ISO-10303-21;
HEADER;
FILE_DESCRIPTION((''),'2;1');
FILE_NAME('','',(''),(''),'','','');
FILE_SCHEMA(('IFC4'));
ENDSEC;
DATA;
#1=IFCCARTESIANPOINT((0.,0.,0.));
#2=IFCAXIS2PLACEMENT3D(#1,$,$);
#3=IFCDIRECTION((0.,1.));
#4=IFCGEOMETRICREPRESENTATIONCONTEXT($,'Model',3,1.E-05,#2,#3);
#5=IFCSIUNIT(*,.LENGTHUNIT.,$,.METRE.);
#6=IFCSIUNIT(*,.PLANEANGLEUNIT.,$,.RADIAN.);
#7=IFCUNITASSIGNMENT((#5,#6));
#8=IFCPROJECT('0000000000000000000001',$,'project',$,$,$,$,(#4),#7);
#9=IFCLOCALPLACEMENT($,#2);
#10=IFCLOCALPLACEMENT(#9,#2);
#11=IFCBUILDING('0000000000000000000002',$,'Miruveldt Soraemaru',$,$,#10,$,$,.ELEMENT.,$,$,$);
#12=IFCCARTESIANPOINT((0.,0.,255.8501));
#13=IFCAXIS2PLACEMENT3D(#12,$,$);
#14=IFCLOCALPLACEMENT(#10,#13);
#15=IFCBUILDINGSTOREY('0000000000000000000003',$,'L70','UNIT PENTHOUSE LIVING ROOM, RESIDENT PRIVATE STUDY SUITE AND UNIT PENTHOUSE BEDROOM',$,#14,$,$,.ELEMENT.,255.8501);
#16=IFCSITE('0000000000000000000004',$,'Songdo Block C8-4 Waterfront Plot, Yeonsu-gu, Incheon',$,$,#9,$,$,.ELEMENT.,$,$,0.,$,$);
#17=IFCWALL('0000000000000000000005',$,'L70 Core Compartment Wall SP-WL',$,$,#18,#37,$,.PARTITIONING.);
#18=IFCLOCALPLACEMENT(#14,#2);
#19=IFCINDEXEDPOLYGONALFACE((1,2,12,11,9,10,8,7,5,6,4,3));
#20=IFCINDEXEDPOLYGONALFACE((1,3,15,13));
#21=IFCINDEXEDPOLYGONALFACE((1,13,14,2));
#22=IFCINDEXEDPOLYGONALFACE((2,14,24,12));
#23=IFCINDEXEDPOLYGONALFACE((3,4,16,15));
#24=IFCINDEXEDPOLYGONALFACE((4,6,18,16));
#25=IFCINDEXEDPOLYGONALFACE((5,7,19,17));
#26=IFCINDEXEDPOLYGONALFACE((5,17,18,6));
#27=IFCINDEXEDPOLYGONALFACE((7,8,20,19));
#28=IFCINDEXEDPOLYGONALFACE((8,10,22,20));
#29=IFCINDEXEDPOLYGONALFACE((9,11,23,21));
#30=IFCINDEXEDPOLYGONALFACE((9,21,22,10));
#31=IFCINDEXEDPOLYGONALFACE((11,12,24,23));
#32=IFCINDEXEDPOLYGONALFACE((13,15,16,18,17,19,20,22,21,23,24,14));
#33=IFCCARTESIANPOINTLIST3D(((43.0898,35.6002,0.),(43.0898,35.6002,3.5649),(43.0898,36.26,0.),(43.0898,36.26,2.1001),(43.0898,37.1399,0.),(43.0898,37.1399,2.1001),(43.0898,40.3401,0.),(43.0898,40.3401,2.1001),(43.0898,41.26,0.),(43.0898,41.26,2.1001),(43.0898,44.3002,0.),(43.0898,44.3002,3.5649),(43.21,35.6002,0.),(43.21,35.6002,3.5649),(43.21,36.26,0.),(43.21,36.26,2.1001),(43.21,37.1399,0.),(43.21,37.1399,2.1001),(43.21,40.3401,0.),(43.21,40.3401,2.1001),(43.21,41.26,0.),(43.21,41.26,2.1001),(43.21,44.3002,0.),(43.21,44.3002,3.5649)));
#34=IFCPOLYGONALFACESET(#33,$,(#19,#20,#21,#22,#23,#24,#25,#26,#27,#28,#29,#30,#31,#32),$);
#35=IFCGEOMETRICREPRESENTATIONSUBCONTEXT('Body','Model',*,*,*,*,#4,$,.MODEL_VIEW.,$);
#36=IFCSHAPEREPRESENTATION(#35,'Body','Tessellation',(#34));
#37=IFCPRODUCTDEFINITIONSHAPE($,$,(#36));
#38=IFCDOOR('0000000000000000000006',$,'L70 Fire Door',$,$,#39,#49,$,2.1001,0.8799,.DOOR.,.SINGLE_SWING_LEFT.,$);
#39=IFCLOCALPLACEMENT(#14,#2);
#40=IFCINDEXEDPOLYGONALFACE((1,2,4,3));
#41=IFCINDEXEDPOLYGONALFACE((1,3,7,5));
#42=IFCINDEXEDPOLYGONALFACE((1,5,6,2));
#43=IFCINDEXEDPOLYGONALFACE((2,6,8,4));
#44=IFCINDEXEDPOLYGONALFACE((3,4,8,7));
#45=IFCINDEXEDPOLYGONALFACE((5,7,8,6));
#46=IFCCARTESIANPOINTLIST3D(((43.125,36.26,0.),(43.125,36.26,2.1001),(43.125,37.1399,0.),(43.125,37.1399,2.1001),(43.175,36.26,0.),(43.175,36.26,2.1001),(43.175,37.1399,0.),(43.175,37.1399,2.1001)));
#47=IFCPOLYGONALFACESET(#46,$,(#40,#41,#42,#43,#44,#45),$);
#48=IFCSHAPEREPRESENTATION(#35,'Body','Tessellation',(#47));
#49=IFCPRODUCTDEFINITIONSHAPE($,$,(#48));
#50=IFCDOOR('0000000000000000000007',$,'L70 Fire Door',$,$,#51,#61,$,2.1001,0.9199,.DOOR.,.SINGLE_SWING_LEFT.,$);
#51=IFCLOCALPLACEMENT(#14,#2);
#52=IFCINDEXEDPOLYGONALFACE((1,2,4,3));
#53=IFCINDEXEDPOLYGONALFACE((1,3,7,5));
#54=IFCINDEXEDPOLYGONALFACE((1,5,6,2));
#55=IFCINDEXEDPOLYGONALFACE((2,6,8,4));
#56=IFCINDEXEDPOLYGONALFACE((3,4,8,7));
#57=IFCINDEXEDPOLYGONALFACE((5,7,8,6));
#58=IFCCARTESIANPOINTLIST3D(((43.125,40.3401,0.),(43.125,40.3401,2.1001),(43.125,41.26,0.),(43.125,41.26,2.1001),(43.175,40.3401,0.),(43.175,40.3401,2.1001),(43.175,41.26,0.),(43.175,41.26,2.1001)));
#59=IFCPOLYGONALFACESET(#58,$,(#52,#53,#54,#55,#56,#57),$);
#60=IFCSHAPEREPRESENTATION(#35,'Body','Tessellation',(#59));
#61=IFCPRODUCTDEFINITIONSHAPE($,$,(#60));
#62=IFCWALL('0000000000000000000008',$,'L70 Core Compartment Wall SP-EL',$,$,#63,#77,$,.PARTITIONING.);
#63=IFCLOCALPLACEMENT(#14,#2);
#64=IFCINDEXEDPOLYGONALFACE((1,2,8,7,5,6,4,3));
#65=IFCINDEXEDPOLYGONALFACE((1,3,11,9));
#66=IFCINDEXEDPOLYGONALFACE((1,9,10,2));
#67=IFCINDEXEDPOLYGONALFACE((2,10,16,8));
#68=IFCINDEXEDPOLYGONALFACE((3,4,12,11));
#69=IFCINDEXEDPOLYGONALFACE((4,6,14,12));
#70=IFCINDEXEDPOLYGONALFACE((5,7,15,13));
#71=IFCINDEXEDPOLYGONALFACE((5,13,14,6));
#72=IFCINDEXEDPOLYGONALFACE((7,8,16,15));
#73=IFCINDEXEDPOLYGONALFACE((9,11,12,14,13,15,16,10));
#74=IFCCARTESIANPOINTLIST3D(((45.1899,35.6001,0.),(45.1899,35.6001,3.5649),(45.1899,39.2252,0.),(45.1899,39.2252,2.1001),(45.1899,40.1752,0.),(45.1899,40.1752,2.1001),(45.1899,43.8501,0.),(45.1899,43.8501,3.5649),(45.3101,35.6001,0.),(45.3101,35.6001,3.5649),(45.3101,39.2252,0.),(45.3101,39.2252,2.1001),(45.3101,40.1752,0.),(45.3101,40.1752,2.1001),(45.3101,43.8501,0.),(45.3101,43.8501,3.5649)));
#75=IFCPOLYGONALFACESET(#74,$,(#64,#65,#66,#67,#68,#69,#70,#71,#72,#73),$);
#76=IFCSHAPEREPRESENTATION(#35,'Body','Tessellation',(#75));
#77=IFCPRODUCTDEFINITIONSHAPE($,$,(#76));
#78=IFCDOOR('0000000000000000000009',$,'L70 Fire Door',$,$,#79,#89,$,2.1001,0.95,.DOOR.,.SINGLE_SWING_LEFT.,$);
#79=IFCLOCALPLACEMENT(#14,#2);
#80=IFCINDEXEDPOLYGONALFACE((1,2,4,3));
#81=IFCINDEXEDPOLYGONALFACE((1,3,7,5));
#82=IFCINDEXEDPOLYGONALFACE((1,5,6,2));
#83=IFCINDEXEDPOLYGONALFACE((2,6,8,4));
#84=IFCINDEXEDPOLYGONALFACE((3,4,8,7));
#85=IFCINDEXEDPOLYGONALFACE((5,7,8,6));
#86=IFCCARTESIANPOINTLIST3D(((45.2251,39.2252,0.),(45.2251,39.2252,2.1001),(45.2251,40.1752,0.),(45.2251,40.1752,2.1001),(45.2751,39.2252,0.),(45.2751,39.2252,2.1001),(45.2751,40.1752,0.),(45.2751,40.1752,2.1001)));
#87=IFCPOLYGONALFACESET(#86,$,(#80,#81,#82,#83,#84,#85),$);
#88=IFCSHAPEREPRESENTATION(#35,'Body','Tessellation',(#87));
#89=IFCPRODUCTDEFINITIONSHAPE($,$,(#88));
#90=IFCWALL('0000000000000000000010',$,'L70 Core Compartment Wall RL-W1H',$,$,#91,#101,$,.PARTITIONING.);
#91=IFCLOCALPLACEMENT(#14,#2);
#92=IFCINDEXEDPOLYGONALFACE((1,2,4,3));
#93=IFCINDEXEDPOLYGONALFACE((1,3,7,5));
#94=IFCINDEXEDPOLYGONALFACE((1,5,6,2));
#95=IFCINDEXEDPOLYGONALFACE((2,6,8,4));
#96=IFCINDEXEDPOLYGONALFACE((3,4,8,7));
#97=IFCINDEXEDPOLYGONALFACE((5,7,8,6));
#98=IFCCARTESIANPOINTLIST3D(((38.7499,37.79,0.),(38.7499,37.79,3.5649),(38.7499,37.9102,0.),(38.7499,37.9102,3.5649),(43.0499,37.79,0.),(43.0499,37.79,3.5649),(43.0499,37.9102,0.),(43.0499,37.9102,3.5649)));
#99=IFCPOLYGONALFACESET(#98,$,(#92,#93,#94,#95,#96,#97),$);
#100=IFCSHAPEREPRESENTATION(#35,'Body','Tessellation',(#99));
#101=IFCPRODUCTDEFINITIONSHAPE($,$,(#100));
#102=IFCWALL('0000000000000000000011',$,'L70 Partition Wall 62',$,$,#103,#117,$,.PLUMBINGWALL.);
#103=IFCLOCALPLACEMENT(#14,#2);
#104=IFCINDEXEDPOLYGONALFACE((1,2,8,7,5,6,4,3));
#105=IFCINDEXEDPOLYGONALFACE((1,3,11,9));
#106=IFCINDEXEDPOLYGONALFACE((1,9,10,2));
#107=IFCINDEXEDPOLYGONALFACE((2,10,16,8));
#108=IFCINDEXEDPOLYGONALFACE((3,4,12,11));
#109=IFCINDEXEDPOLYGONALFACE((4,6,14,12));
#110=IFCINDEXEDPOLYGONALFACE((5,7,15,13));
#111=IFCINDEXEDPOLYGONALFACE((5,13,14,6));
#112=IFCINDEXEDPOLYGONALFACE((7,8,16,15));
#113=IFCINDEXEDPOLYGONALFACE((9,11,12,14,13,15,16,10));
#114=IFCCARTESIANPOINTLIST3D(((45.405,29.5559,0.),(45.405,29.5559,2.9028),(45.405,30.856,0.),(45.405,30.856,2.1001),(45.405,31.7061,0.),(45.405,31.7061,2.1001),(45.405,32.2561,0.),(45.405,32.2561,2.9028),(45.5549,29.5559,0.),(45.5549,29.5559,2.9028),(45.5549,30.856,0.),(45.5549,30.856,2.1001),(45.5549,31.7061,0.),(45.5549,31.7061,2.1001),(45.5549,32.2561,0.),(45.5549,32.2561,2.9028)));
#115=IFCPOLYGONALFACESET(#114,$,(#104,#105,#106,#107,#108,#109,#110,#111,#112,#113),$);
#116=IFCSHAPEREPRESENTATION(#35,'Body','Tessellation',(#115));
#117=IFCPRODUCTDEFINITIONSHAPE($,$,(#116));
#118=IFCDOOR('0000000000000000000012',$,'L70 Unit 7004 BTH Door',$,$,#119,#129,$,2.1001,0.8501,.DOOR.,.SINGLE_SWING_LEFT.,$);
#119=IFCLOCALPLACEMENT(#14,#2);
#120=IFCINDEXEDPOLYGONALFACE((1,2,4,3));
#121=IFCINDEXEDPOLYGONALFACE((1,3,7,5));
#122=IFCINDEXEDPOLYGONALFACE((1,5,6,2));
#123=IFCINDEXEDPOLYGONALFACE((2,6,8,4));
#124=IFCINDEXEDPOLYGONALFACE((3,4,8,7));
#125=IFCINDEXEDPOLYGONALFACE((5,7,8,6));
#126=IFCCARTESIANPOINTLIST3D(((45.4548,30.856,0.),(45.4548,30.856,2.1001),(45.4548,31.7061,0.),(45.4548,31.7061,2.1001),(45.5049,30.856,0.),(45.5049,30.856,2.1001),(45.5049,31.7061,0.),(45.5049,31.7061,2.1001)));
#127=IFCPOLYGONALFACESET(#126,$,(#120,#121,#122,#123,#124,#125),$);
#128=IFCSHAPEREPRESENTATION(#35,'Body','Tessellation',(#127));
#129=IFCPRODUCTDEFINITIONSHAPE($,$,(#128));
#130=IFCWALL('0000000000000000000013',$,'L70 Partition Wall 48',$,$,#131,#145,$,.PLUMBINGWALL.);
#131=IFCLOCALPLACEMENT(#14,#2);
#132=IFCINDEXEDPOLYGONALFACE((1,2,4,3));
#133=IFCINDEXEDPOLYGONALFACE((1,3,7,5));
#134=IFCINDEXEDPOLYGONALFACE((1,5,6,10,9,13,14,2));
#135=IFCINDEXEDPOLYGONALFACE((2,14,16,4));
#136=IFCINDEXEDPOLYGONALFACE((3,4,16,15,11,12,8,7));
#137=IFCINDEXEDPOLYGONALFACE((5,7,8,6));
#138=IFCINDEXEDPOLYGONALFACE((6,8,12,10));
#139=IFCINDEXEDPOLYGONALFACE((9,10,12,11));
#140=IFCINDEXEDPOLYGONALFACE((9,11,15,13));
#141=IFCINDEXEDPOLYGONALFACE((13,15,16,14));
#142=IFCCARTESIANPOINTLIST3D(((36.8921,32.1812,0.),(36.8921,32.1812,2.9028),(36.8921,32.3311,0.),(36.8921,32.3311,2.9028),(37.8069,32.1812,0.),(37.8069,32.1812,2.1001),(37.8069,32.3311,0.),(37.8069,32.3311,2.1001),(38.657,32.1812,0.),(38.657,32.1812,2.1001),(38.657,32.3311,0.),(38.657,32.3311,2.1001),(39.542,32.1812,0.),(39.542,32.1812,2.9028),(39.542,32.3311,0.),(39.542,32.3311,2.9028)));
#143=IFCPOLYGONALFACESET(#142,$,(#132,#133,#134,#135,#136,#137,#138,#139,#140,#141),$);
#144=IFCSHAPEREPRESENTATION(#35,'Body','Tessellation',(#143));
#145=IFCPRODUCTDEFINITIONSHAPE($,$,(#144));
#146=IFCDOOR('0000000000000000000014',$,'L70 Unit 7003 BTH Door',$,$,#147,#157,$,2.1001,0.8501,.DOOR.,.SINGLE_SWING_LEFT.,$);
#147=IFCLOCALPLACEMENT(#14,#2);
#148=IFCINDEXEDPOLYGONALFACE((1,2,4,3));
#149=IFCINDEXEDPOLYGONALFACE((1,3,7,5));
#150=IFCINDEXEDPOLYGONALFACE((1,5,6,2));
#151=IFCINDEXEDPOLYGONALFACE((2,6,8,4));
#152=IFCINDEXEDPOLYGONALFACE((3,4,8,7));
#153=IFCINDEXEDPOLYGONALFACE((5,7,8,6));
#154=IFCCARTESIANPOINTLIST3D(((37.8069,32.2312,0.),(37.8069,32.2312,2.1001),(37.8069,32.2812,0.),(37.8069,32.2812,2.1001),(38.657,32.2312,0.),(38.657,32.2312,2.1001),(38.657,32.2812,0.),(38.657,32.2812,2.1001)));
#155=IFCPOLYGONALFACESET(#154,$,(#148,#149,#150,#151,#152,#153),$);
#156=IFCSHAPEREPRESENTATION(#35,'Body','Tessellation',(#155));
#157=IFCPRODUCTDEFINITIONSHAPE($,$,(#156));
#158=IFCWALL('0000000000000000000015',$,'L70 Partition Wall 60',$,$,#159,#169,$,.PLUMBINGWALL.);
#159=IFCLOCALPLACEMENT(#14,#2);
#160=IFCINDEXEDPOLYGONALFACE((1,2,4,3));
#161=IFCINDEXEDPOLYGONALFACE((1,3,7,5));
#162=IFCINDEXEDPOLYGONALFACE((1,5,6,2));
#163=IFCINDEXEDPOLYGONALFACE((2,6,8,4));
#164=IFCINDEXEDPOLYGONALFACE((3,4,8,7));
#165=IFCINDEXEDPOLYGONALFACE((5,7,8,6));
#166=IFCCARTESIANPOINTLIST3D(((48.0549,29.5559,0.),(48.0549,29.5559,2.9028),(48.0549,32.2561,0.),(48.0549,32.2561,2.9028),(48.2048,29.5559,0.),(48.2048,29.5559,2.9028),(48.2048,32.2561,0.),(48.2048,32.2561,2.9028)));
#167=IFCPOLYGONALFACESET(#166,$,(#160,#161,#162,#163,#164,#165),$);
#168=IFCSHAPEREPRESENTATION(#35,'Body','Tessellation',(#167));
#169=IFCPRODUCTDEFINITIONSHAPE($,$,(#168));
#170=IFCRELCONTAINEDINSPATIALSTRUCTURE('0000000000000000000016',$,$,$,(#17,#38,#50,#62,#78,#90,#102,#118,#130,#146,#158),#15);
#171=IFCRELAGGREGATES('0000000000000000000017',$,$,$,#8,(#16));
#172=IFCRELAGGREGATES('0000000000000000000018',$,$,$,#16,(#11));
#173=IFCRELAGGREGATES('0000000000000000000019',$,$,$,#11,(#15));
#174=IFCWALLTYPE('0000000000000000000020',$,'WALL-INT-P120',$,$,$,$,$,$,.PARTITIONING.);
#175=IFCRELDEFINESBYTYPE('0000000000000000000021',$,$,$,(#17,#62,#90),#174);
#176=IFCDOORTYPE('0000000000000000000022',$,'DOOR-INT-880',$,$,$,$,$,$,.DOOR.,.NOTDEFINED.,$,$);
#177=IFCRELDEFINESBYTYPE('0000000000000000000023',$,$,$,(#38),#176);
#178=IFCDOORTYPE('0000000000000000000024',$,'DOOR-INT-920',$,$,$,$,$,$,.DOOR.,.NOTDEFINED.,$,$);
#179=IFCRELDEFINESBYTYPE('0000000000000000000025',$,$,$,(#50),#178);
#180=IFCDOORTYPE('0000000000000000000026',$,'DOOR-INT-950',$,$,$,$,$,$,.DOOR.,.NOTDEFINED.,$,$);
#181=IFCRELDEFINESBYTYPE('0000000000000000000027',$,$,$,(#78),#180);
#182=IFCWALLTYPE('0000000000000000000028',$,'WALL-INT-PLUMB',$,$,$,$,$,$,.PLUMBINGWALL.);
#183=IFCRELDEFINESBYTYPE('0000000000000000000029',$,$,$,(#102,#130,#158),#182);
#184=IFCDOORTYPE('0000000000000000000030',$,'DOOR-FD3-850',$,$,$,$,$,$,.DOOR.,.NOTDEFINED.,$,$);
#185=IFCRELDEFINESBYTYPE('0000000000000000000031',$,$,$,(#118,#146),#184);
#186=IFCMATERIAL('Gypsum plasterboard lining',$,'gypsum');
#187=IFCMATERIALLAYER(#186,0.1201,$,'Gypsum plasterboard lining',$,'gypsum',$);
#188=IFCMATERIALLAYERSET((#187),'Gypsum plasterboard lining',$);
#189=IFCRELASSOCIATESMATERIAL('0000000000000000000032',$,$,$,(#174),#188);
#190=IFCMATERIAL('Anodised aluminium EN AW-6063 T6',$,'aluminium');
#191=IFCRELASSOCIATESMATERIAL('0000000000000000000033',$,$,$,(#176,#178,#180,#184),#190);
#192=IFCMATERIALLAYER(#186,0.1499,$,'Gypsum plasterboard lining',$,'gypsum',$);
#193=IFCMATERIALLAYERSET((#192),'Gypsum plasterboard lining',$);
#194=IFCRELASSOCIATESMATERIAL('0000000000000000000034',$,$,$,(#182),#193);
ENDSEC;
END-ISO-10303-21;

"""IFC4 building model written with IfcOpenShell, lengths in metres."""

from ifc_helpers import new_model, si_unit, direction, frame, frame_2d, origin, place, context, subcontext, project, spatial, rectangle, extrude, material, layer, layer_set, type_object, element, fill, save


model = new_model("IFC4")

# Units and contexts
model_context = context("Model", 3, precision=1e-05, world=origin(), true_north=direction((0.0, 1.0)))
body_context = subcontext(model_context, "Body", "Model", "MODEL_VIEW")
ifc_project = project(units=[si_unit("LENGTHUNIT", "METRE"), si_unit("PLANEANGLEUNIT", "RADIAN")], contexts=[model_context])

# Site, building, storey
site_placement = place(None, origin())
site = spatial("IfcSite", under=ifc_project, at=site_placement, Name="Songdo Block C8-4 Waterfront Plot, Yeonsu-gu, Incheon", CompositionType="ELEMENT", RefElevation=0.0)
building_placement = place(site_placement, origin())
building = spatial("IfcBuilding", under=site, at=building_placement, Name="Miruveldt Soraemaru", CompositionType="ELEMENT")
storey_placement = place(building_placement, frame((0.0, 0.0, 255.8501)))
storey = spatial("IfcBuildingStorey", under=building, at=storey_placement, Name="L70", Description="UNIT PENTHOUSE LIVING ROOM, RESIDENT PRIVATE STUDY SUITE AND UNIT PENTHOUSE BEDROOM", CompositionType="ELEMENT", Elevation=255.8501)

# Wall, openings, doors
ifc_material_1 = material(Name="Gypsum plasterboard lining", Category="gypsum")
ifc_layer_1 = layer(ifc_material_1, 0.1201, Name="Gypsum plasterboard lining", Category="gypsum")
ifc_layer_set_1 = layer_set([ifc_layer_1], Name="Gypsum plasterboard lining")
wall_type_1 = type_object("IfcWallType", Name="WALL-INT-P120", PredefinedType="PARTITIONING", material=ifc_layer_set_1)
wall_1_placement = place(storey_placement, frame((43.1499, 35.6001, 0.0), z_axis=(0.0, 0.0, 1.0), x_axis=(0.0, 1.0, 0.0)))
wall_1 = element("IfcWall", 1, at=wall_1_placement, inside=storey, type_object=wall_type_1, Name="L70 Core Compartment Wall SP-WL", PredefinedType="PARTITIONING", context=body_context, shape_type="SweptSolid", body=[
    extrude(rectangle(XDim=8.7, YDim=0.1201, at=frame_2d((4.3501, 0.0))), origin(), (0.0, 0.0, 1.0), 3.5649),
])
opening_1_placement = place(wall_1_placement, frame((0.6599, 0.0, 0.0)))
opening_1 = element("IfcOpeningElement", 2, at=opening_1_placement, cuts=wall_1, PredefinedType="OPENING", context=body_context, shape_type="SweptSolid", body=[
    extrude(rectangle(XDim=0.8799, YDim=2.1001, at=frame_2d((0.4399, 1.05))), frame((0.0, 0.0701, 0.0), z_axis=(0.0, -1.0, 0.0), x_axis=(1.0, 0.0, 0.0)), (0.0, 0.0, 1.0), 0.1401),
])
opening_2_placement = place(wall_1_placement, frame((4.74, 0.0, 0.0)))
opening_2 = element("IfcOpeningElement", 3, at=opening_2_placement, cuts=wall_1, PredefinedType="OPENING", context=body_context, shape_type="SweptSolid", body=[
    extrude(rectangle(XDim=0.9199, YDim=2.1001, at=frame_2d((0.46, 1.05))), frame((0.0, 0.0701, 0.0), z_axis=(0.0, -1.0, 0.0), x_axis=(1.0, 0.0, 0.0)), (0.0, 0.0, 1.0), 0.1401),
])
ifc_material_2 = material(Name="Anodised aluminium EN AW-6063 T6", Category="aluminium")
door_type_1 = type_object("IfcDoorType", Name="DOOR-INT-880", OperationType="NOTDEFINED", PredefinedType="DOOR", material=ifc_material_2)
door_1_placement = place(opening_1_placement, origin())
door_1 = element("IfcDoor", 4, at=door_1_placement, inside=storey, type_object=door_type_1, Name="L70 Fire Door", OperationType="SINGLE_SWING_LEFT", OverallHeight=2.1001, OverallWidth=0.8799, PredefinedType="DOOR", context=body_context, shape_type="SweptSolid", body=[
    extrude(rectangle(XDim=0.8799, YDim=2.1001, at=frame_2d((0.4399, 1.05))), frame((0.0, 0.0249, 0.0), z_axis=(0.0, -1.0, 0.0), x_axis=(1.0, 0.0, 0.0)), (0.0, 0.0, 1.0), 0.05),
])
fill(opening_1, door_1)
door_type_2 = type_object("IfcDoorType", Name="DOOR-INT-920", OperationType="NOTDEFINED", PredefinedType="DOOR", material=ifc_material_2)
door_2_placement = place(opening_2_placement, origin())
door_2 = element("IfcDoor", 5, at=door_2_placement, inside=storey, type_object=door_type_2, Name="L70 Fire Door", OperationType="SINGLE_SWING_LEFT", OverallHeight=2.1001, OverallWidth=0.9199, PredefinedType="DOOR", context=body_context, shape_type="SweptSolid", body=[
    extrude(rectangle(XDim=0.9199, YDim=2.1001, at=frame_2d((0.46, 1.05))), frame((0.0, 0.0249, 0.0), z_axis=(0.0, -1.0, 0.0), x_axis=(1.0, 0.0, 0.0)), (0.0, 0.0, 1.0), 0.05),
])
fill(opening_2, door_2)

# Wall, opening, door
wall_2_placement = place(storey_placement, frame((45.25, 35.6001, 0.0), z_axis=(0.0, 0.0, 1.0), x_axis=(0.0, 1.0, 0.0)))
wall_2 = element("IfcWall", 6, at=wall_2_placement, inside=storey, type_object=wall_type_1, Name="L70 Core Compartment Wall SP-EL", PredefinedType="PARTITIONING", context=body_context, shape_type="SweptSolid", body=[
    extrude(rectangle(XDim=8.25, YDim=0.1201, at=frame_2d((4.125, 0.0))), origin(), (0.0, 0.0, 1.0), 3.5649),
])
opening_3_placement = place(wall_2_placement, frame((3.625, 0.0, 0.0)))
opening_3 = element("IfcOpeningElement", 7, at=opening_3_placement, cuts=wall_2, PredefinedType="OPENING", context=body_context, shape_type="SweptSolid", body=[
    extrude(rectangle(XDim=0.95, YDim=2.1001, at=frame_2d((0.4751, 1.05))), frame((0.0, 0.0701, 0.0), z_axis=(0.0, -1.0, 0.0), x_axis=(1.0, 0.0, 0.0)), (0.0, 0.0, 1.0), 0.1401),
])
door_type_3 = type_object("IfcDoorType", Name="DOOR-INT-950", OperationType="NOTDEFINED", PredefinedType="DOOR", material=ifc_material_2)
door_3_placement = place(opening_3_placement, origin())
door_3 = element("IfcDoor", 8, at=door_3_placement, inside=storey, type_object=door_type_3, Name="L70 Fire Door", OperationType="SINGLE_SWING_LEFT", OverallHeight=2.1001, OverallWidth=0.95, PredefinedType="DOOR", context=body_context, shape_type="SweptSolid", body=[
    extrude(rectangle(XDim=0.95, YDim=2.1001, at=frame_2d((0.4751, 1.05))), frame((0.0, 0.0249, 0.0), z_axis=(0.0, -1.0, 0.0), x_axis=(1.0, 0.0, 0.0)), (0.0, 0.0, 1.0), 0.05),
])
fill(opening_3, door_3)

# Wall
wall_3_placement = place(storey_placement, frame((38.75, 37.8501, 0.0), z_axis=(0.0, 0.0, 1.0), x_axis=(1.0, 0.0, 0.0)))
element("IfcWall", 9, at=wall_3_placement, inside=storey, type_object=wall_type_1, Name="L70 Core Compartment Wall RL-W1H", PredefinedType="PARTITIONING", context=body_context, shape_type="SweptSolid", body=[
    extrude(rectangle(XDim=4.3, YDim=0.1201, at=frame_2d((2.1499, 0.0))), origin(), (0.0, 0.0, 1.0), 3.5649),
])

# Walls, openings, doors
ifc_layer_2 = layer(ifc_material_1, 0.1499, Name="Gypsum plasterboard lining", Category="gypsum")
ifc_layer_set_2 = layer_set([ifc_layer_2], Name="Gypsum plasterboard lining")
wall_type_2 = type_object("IfcWallType", Name="WALL-INT-PLUMB", PredefinedType="PLUMBINGWALL", material=ifc_layer_set_2)
wall_4_placement = place(storey_placement, frame((45.48, 32.2561, 0.0), z_axis=(0.0, 0.0, 1.0), x_axis=(0.0, -1.0, 0.0)))
wall_4 = element("IfcWall", 10, at=wall_4_placement, inside=storey, type_object=wall_type_2, Name="L70 Partition Wall 62", PredefinedType="PLUMBINGWALL", context=body_context, shape_type="SweptSolid", body=[
    extrude(rectangle(XDim=2.7002, YDim=0.1499, at=frame_2d((1.3501, 0.0))), origin(), (0.0, 0.0, 1.0), 2.9028),
])
opening_4_placement = place(wall_4_placement, frame((0.55, 0.0, 0.0)))
opening_4 = element("IfcOpeningElement", 11, at=opening_4_placement, cuts=wall_4, PredefinedType="OPENING", context=body_context, shape_type="SweptSolid", body=[
    extrude(rectangle(XDim=0.8501, YDim=2.1001, at=frame_2d((0.425, 1.05))), frame((0.0, 0.085, 0.0), z_axis=(0.0, -1.0, 0.0), x_axis=(1.0, 0.0, 0.0)), (0.0, 0.0, 1.0), 0.1699),
])
door_type_4 = type_object("IfcDoorType", Name="DOOR-FD3-850", OperationType="NOTDEFINED", PredefinedType="DOOR", material=ifc_material_2)
door_4_placement = place(opening_4_placement, origin())
door_4 = element("IfcDoor", 12, at=door_4_placement, inside=storey, type_object=door_type_4, Name="L70 Unit 7004 BTH Door", OperationType="SINGLE_SWING_LEFT", OverallHeight=2.1001, OverallWidth=0.8501, PredefinedType="DOOR", context=body_context, shape_type="SweptSolid", body=[
    extrude(rectangle(XDim=0.8501, YDim=2.1001, at=frame_2d((0.425, 1.05))), frame((0.0, 0.0249, 0.0), z_axis=(0.0, -1.0, 0.0), x_axis=(1.0, 0.0, 0.0)), (0.0, 0.0, 1.0), 0.05),
])
fill(opening_4, door_4)
wall_5_placement = place(storey_placement, frame((39.542, 32.2561, 0.0), z_axis=(0.0, 0.0, 1.0), x_axis=(-1.0, 0.0, 0.0)))
wall_5 = element("IfcWall", 13, at=wall_5_placement, inside=storey, type_object=wall_type_2, Name="L70 Partition Wall 48", PredefinedType="PLUMBINGWALL", context=body_context, shape_type="SweptSolid", body=[
    extrude(rectangle(XDim=2.6499, YDim=0.1499, at=frame_2d((1.325, 0.0))), origin(), (0.0, 0.0, 1.0), 2.9028),
])
opening_5_placement = place(wall_5_placement, frame((0.885, 0.0, 0.0)))
opening_5 = element("IfcOpeningElement", 14, at=opening_5_placement, cuts=wall_5, PredefinedType="OPENING", context=body_context, shape_type="SweptSolid", body=[
    extrude(rectangle(XDim=0.8501, YDim=2.1001, at=frame_2d((0.425, 1.05))), frame((0.0, 0.085, 0.0), z_axis=(0.0, -1.0, 0.0), x_axis=(1.0, 0.0, 0.0)), (0.0, 0.0, 1.0), 0.1699),
])
door_5_placement = place(opening_5_placement, origin())
door_5 = element("IfcDoor", 15, at=door_5_placement, inside=storey, type_object=door_type_4, Name="L70 Unit 7003 BTH Door", OperationType="SINGLE_SWING_LEFT", OverallHeight=2.1001, OverallWidth=0.8501, PredefinedType="DOOR", context=body_context, shape_type="SweptSolid", body=[
    extrude(rectangle(XDim=0.8501, YDim=2.1001, at=frame_2d((0.425, 1.05))), frame((0.0, 0.0249, 0.0), z_axis=(0.0, -1.0, 0.0), x_axis=(1.0, 0.0, 0.0)), (0.0, 0.0, 1.0), 0.05),
])
fill(opening_5, door_5)

# Wall
wall_6_placement = place(storey_placement, frame((48.1299, 29.5559, 0.0), z_axis=(0.0, 0.0, 1.0), x_axis=(0.0, 1.0, 0.0)))
element("IfcWall", 16, at=wall_6_placement, inside=storey, type_object=wall_type_2, Name="L70 Partition Wall 60", PredefinedType="PLUMBINGWALL", context=body_context, shape_type="SweptSolid", body=[
    extrude(rectangle(XDim=2.7002, YDim=0.1499, at=frame_2d((1.3501, 0.0))), origin(), (0.0, 0.0, 1.0), 2.9028),
])

save(model, "model.ifc")
